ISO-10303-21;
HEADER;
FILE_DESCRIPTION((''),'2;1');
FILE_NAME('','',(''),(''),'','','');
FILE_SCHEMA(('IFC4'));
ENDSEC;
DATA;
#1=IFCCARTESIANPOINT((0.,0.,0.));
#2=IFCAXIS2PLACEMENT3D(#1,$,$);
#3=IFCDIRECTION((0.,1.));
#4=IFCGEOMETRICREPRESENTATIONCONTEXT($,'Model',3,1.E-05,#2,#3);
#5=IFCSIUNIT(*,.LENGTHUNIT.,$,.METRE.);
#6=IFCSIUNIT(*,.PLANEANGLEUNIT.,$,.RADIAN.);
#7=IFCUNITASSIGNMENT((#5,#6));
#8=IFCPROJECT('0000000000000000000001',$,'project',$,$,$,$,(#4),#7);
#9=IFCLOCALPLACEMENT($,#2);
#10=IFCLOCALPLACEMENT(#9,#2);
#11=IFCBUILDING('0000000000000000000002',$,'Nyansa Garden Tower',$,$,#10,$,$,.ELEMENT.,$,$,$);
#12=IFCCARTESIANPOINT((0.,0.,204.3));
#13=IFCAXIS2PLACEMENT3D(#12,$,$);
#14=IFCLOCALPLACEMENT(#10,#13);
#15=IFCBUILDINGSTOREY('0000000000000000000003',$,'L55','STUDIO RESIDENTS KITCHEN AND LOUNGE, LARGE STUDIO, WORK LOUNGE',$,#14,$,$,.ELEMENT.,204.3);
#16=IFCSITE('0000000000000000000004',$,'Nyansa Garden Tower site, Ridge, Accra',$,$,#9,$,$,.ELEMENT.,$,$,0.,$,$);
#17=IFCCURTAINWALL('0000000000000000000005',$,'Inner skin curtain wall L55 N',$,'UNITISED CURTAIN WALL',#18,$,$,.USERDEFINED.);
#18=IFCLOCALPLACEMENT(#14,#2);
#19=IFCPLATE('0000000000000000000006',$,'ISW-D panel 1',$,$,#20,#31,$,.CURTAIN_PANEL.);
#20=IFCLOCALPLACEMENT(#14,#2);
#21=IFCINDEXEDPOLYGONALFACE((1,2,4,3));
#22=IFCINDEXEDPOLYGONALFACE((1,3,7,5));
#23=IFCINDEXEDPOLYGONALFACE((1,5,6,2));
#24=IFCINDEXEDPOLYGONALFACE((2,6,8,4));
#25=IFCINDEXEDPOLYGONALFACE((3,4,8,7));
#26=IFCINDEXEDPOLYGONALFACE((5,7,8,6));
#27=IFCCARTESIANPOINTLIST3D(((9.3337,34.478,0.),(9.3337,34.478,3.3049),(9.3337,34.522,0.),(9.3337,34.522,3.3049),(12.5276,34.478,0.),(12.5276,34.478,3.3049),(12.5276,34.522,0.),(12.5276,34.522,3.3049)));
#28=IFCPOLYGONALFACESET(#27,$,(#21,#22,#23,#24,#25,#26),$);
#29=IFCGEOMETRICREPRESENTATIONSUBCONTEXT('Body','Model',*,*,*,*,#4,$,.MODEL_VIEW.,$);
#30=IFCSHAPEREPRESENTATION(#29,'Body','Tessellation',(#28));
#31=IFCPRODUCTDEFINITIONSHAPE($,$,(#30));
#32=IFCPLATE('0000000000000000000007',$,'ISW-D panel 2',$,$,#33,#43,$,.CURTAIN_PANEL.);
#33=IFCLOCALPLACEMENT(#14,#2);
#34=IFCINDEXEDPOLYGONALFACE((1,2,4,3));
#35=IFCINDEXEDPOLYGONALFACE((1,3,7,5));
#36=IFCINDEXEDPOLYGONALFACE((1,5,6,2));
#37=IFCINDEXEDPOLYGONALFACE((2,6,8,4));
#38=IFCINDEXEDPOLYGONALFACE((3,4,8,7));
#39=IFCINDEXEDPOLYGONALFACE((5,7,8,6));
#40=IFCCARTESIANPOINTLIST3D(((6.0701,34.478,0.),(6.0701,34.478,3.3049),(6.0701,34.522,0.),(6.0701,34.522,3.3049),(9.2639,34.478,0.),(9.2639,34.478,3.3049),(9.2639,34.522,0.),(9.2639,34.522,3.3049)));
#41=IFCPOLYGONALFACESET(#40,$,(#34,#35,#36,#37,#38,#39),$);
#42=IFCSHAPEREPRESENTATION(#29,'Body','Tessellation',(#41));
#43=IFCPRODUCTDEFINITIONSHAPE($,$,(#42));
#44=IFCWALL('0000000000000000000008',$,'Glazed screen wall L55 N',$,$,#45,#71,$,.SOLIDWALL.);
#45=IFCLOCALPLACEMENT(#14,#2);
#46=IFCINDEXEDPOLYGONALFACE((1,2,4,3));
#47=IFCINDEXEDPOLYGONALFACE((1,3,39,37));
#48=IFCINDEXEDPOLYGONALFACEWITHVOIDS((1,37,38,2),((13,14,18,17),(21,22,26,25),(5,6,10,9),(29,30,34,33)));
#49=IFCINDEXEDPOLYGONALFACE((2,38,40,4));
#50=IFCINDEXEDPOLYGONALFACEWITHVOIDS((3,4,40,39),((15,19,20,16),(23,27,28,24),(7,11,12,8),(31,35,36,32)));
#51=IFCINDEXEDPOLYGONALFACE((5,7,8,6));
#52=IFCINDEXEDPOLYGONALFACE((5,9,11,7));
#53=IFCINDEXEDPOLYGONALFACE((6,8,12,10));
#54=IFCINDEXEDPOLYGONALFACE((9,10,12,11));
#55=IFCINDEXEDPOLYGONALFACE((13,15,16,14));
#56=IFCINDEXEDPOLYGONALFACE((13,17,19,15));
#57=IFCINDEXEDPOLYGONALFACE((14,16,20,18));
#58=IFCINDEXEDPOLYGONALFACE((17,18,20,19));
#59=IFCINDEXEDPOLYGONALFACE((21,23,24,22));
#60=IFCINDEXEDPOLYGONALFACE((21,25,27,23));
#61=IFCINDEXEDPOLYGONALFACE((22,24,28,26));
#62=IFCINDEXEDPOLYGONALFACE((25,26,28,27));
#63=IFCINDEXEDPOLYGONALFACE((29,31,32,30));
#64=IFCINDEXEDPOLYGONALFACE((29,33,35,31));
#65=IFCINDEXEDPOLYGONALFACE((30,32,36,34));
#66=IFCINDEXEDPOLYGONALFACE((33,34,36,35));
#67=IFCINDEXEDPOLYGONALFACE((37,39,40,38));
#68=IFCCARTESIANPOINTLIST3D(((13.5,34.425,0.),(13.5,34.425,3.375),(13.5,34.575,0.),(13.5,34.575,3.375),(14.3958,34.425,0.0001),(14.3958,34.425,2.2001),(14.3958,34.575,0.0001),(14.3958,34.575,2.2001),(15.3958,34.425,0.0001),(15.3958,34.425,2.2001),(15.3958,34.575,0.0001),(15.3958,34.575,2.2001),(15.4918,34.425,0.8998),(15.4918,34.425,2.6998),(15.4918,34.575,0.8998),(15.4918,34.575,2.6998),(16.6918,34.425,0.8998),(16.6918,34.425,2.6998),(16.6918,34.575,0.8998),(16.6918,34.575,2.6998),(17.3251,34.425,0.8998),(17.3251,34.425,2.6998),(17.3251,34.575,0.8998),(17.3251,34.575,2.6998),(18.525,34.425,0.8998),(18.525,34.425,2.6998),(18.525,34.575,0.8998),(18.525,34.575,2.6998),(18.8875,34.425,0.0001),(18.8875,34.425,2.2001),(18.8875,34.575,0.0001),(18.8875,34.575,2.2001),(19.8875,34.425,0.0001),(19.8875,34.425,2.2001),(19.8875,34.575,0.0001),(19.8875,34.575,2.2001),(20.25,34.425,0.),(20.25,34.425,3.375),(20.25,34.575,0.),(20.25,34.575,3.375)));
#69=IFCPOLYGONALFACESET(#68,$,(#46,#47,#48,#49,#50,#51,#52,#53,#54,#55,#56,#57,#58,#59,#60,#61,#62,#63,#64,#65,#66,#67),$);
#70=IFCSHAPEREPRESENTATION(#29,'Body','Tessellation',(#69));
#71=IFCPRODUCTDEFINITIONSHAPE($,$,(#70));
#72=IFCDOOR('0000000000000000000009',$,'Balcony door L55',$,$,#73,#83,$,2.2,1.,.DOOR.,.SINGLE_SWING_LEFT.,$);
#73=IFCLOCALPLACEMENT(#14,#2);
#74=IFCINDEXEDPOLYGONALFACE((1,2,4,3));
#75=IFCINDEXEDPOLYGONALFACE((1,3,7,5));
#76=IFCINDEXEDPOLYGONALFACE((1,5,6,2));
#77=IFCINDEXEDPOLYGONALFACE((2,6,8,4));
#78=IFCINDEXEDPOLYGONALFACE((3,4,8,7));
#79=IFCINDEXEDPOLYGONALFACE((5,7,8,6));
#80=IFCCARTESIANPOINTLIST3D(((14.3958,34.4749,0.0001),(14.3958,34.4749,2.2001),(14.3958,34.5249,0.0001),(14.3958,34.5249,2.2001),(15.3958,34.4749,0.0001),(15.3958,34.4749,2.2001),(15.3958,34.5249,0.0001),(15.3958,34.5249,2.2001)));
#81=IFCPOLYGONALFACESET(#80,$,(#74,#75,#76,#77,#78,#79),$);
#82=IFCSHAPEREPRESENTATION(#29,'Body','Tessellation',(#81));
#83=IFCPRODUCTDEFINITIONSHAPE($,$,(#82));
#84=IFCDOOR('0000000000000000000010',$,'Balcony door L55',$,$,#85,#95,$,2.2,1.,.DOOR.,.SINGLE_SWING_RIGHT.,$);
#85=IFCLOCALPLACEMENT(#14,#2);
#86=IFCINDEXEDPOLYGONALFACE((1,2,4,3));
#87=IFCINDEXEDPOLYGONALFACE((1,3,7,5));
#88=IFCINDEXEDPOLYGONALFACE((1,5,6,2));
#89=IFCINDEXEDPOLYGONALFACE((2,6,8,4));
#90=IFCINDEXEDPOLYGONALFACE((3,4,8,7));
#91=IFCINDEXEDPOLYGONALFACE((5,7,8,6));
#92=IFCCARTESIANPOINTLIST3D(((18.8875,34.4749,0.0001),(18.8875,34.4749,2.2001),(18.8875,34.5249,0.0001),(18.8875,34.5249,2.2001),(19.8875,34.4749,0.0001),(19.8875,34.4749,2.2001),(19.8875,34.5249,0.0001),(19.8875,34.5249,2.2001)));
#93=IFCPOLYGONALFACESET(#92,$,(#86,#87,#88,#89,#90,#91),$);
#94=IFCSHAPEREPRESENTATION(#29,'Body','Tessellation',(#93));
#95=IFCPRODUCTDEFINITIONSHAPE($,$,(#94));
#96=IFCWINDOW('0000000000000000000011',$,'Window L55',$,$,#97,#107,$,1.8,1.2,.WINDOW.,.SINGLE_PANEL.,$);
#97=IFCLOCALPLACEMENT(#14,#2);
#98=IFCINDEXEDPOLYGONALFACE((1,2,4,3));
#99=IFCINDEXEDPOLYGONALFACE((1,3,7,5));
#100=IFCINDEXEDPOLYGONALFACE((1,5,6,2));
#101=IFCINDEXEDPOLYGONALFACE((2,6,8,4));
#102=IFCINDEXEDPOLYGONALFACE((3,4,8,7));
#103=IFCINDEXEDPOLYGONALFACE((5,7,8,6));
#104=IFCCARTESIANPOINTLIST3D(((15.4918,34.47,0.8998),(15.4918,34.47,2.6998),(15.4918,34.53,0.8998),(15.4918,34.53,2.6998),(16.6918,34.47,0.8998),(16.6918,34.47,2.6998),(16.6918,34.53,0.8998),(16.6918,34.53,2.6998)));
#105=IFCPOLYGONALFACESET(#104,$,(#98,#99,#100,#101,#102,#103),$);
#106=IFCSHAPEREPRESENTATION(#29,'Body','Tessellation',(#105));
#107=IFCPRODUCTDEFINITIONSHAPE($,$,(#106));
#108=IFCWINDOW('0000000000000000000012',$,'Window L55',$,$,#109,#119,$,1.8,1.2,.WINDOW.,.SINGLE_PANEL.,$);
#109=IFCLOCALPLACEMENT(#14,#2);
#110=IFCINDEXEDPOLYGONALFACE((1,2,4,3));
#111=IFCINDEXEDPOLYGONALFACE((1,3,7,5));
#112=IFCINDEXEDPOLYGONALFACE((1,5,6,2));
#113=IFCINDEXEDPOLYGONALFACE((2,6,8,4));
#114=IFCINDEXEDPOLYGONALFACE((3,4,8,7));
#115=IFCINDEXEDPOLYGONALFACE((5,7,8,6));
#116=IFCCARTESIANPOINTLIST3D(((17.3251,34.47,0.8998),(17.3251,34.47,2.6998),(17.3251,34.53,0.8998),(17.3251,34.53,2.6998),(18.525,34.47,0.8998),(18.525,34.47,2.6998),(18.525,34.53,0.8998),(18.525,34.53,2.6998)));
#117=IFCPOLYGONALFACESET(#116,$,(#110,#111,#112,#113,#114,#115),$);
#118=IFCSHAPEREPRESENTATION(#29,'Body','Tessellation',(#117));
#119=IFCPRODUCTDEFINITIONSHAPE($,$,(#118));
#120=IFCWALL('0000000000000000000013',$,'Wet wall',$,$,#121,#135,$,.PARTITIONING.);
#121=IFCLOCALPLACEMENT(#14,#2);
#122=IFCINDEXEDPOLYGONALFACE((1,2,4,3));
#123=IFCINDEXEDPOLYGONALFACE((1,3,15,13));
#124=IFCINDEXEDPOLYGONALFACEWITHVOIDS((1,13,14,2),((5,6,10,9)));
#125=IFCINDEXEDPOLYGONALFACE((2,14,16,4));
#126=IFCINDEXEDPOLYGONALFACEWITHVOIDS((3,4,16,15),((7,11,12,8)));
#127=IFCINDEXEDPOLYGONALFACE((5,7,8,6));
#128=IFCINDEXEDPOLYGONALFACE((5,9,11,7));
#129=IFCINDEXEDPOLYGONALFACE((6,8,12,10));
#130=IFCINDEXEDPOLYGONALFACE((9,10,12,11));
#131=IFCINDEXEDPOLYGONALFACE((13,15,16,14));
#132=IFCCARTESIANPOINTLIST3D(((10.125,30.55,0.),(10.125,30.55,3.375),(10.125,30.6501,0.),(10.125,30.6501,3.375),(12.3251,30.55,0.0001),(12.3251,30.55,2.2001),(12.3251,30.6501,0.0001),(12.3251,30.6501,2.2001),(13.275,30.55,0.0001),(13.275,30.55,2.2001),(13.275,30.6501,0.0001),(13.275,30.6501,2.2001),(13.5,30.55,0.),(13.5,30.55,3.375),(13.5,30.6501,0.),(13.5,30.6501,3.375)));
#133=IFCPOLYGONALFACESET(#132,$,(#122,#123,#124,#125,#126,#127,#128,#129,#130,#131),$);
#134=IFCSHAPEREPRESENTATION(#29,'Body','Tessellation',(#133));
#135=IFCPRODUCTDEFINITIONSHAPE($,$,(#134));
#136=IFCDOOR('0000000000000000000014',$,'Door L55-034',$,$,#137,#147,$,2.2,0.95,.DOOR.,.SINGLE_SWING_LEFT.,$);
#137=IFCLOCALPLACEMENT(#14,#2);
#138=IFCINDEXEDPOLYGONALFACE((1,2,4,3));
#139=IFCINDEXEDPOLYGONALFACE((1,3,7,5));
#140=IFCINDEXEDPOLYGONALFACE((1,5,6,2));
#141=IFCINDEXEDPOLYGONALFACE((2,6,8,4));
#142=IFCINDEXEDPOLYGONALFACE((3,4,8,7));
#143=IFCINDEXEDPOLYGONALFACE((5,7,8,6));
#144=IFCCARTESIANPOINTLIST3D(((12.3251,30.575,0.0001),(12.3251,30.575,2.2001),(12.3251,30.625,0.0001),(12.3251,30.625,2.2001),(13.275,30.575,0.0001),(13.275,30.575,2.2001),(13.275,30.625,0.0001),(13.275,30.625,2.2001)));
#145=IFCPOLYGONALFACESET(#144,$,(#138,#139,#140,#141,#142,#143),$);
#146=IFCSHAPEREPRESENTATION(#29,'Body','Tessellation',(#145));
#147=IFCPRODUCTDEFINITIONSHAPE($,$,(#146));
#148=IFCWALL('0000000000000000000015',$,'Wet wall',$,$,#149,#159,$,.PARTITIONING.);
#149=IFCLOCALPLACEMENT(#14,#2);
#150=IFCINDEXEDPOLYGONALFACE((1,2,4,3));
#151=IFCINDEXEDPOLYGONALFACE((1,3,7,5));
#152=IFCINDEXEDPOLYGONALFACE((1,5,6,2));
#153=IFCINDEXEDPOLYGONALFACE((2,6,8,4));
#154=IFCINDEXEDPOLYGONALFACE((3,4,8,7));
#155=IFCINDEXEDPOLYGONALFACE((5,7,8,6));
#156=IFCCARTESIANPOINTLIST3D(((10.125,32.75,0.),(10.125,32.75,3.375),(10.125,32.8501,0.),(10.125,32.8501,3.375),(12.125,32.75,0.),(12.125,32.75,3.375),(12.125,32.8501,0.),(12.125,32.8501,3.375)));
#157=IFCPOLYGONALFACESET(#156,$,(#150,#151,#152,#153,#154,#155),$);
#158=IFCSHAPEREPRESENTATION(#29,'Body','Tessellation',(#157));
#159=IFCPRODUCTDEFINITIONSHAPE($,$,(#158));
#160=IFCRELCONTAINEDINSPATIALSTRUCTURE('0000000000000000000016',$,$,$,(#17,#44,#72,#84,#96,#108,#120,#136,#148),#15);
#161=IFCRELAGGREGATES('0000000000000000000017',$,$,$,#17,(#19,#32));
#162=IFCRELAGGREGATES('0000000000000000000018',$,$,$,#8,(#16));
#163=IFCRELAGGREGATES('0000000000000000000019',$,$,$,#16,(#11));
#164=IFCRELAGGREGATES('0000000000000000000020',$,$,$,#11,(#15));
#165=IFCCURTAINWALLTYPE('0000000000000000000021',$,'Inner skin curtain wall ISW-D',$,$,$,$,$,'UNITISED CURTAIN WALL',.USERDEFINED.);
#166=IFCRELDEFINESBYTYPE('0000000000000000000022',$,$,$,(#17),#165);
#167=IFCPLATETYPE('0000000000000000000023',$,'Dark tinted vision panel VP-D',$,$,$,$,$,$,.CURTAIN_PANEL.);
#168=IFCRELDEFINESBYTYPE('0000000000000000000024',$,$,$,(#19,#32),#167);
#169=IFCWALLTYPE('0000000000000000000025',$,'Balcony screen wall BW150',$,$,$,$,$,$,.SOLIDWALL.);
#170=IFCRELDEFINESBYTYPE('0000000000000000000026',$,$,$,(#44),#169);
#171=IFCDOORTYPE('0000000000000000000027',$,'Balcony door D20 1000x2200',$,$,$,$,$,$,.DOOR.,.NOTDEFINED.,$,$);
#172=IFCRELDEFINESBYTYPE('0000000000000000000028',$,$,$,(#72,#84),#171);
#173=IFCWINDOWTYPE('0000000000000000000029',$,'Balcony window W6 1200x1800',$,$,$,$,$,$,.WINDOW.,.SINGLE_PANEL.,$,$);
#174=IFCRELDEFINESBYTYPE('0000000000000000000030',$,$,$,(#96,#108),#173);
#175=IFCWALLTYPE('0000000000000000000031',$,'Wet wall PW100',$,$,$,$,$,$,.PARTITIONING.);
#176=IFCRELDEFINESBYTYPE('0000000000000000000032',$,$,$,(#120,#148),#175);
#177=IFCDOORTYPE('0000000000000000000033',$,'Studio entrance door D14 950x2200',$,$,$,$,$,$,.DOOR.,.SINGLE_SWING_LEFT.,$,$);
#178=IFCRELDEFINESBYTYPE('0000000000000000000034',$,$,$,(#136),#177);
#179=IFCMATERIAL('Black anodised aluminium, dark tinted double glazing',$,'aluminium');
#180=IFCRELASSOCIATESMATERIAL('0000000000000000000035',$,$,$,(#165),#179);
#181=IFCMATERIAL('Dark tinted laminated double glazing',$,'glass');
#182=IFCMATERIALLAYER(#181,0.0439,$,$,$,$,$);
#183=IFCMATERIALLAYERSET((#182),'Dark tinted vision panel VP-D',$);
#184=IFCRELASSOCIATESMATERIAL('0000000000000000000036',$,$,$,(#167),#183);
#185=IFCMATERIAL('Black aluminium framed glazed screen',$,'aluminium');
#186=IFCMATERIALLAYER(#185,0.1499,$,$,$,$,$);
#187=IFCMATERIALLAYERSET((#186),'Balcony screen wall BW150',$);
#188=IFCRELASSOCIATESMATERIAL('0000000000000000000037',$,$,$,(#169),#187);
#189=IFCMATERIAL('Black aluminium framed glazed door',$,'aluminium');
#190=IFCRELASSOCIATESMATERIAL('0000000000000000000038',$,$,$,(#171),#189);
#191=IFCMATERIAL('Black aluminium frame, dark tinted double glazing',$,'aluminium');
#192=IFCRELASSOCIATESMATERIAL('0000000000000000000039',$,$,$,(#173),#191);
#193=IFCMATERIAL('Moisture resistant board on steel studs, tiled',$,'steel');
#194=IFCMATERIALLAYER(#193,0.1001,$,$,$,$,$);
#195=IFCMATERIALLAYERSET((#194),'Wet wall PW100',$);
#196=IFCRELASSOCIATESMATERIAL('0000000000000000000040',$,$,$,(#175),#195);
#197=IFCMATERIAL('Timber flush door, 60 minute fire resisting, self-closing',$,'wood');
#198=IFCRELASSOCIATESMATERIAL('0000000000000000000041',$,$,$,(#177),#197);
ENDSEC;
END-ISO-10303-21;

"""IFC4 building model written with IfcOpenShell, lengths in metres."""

from ifc_helpers import new_model, si_unit, direction, frame, frame_2d, origin, origin_2d, place, context, subcontext, project, spatial, rectangle, extrude, material, layer, layer_set, type_object, element, fill, aggregate, save


model = new_model("IFC4")

# Units and contexts
model_context = context("Model", 3, precision=1e-05, world=origin(), true_north=direction((0.0, 1.0)))
body_context = subcontext(model_context, "Body", "Model", "MODEL_VIEW")
ifc_project = project(units=[si_unit("LENGTHUNIT", "METRE"), si_unit("PLANEANGLEUNIT", "RADIAN")], contexts=[model_context])

# Site, building, storey
site_placement = place(None, origin())
site = spatial("IfcSite", under=ifc_project, at=site_placement, Name="Nyansa Garden Tower site, Ridge, Accra", CompositionType="ELEMENT", RefElevation=0.0)
building_placement = place(site_placement, origin())
building = spatial("IfcBuilding", under=site, at=building_placement, Name="Nyansa Garden Tower", CompositionType="ELEMENT")
storey_placement = place(building_placement, frame((0.0, 0.0, 204.3)))
storey = spatial("IfcBuildingStorey", under=building, at=storey_placement, Name="L55", Description="STUDIO RESIDENTS KITCHEN AND LOUNGE, LARGE STUDIO, WORK LOUNGE", CompositionType="ELEMENT", Elevation=204.3)

# Curtain wall
ifc_material_1 = material(Name="Black anodised aluminium, dark tinted double glazing", Category="aluminium")
curtain_wall_type = type_object("IfcCurtainWallType", Name="Inner skin curtain wall ISW-D", ElementType="UNITISED CURTAIN WALL", PredefinedType="USERDEFINED", material=ifc_material_1)
curtain_wall_placement = place(storey_placement, origin())
curtain_wall = element("IfcCurtainWall", 1, at=curtain_wall_placement, inside=storey, type_object=curtain_wall_type, Name="Inner skin curtain wall L55 N", ObjectType="UNITISED CURTAIN WALL", PredefinedType="USERDEFINED")

# Plates
ifc_material_2 = material(Name="Dark tinted laminated double glazing", Category="glass")
ifc_layer_1 = layer(ifc_material_2, 0.0439)
ifc_layer_set_1 = layer_set([ifc_layer_1], Name="Dark tinted vision panel VP-D")
plate_type = type_object("IfcPlateType", Name="Dark tinted vision panel VP-D", PredefinedType="CURTAIN_PANEL", material=ifc_layer_set_1)
plate_1_placement = place(storey_placement, frame((10.9307, 34.5, 0.0), z_axis=(0.0, 0.0, 1.0), x_axis=(-1.0, 0.0, 0.0)))
plate_1 = element("IfcPlate", 2, at=plate_1_placement, type_object=plate_type, Name="ISW-D panel 1", PredefinedType="CURTAIN_PANEL", context=body_context, shape_type="SweptSolid", body=[
    extrude(rectangle(XDim=3.1938, YDim=0.0439, at=origin_2d()), origin(), (0.0, 0.0, 1.0), 3.3049),
])
plate_2_placement = place(storey_placement, frame((7.667, 34.5, 0.0), z_axis=(0.0, 0.0, 1.0), x_axis=(-1.0, 0.0, 0.0)))
plate_2 = element("IfcPlate", 3, at=plate_2_placement, type_object=plate_type, Name="ISW-D panel 2", PredefinedType="CURTAIN_PANEL", context=body_context, shape_type="SweptSolid", body=[
    extrude(rectangle(XDim=3.1938, YDim=0.0439, at=origin_2d()), origin(), (0.0, 0.0, 1.0), 3.3049),
])
aggregate(curtain_wall, [plate_1, plate_2])

# Wall, openings, doors, windows
ifc_material_3 = material(Name="Black aluminium framed glazed screen", Category="aluminium")
ifc_layer_2 = layer(ifc_material_3, 0.1499)
ifc_layer_set_2 = layer_set([ifc_layer_2], Name="Balcony screen wall BW150")
wall_type_1 = type_object("IfcWallType", Name="Balcony screen wall BW150", PredefinedType="SOLIDWALL", material=ifc_layer_set_2)
wall_1_placement = place(storey_placement, frame((13.5, 34.5, 0.0), z_axis=(0.0, 0.0, 1.0), x_axis=(1.0, 0.0, 0.0)))
wall_1 = element("IfcWall", 4, at=wall_1_placement, inside=storey, type_object=wall_type_1, Name="Glazed screen wall L55 N", PredefinedType="SOLIDWALL", context=body_context, shape_type="SweptSolid", body=[
    extrude(rectangle(XDim=6.75, YDim=0.1499, at=frame_2d((3.375, 0.0))), origin(), (0.0, 0.0, 1.0), 3.375),
])
opening_1_placement = place(wall_1_placement, frame((0.8958, 0.0, 0.0)))
opening_1 = element("IfcOpeningElement", 5, at=opening_1_placement, cuts=wall_1, PredefinedType="OPENING", context=body_context, shape_type="SweptSolid", body=[
    extrude(rectangle(XDim=1.0, YDim=2.2, at=frame_2d((0.5, 1.1001))), frame((0.0, 0.085, 0.0), z_axis=(0.0, -1.0, 0.0), x_axis=(1.0, 0.0, 0.0)), (0.0, 0.0, 1.0), 0.1699),
])
opening_2_placement = place(wall_1_placement, frame((1.9917, 0.0, 0.8999)))
opening_2 = element("IfcOpeningElement", 6, at=opening_2_placement, cuts=wall_1, PredefinedType="OPENING", context=body_context, shape_type="SweptSolid", body=[
    extrude(rectangle(XDim=1.2, YDim=1.8, at=frame_2d((0.6001, 0.8999))), frame((0.0, 0.085, 0.0), z_axis=(0.0, -1.0, 0.0), x_axis=(1.0, 0.0, 0.0)), (0.0, 0.0, 1.0), 0.1699),
])
opening_3_placement = place(wall_1_placement, frame((5.3875, 0.0, 0.0)))
opening_3 = element("IfcOpeningElement", 7, at=opening_3_placement, cuts=wall_1, PredefinedType="OPENING", context=body_context, shape_type="SweptSolid", body=[
    extrude(rectangle(XDim=1.0, YDim=2.2, at=frame_2d((0.5, 1.1001))), frame((0.0, 0.085, 0.0), z_axis=(0.0, -1.0, 0.0), x_axis=(1.0, 0.0, 0.0)), (0.0, 0.0, 1.0), 0.1699),
])
opening_4_placement = place(wall_1_placement, frame((3.825, 0.0, 0.8999)))
opening_4 = element("IfcOpeningElement", 8, at=opening_4_placement, cuts=wall_1, PredefinedType="OPENING", context=body_context, shape_type="SweptSolid", body=[
    extrude(rectangle(XDim=1.2, YDim=1.8, at=frame_2d((0.6001, 0.8999))), frame((0.0, 0.085, 0.0), z_axis=(0.0, -1.0, 0.0), x_axis=(1.0, 0.0, 0.0)), (0.0, 0.0, 1.0), 0.1699),
])
ifc_material_4 = material(Name="Black aluminium framed glazed door", Category="aluminium")
door_type_1 = type_object("IfcDoorType", Name="Balcony door D20 1000x2200", OperationType="NOTDEFINED", PredefinedType="DOOR", material=ifc_material_4)
door_1_placement = place(opening_1_placement, origin())
door_1 = element("IfcDoor", 9, at=door_1_placement, inside=storey, type_object=door_type_1, Name="Balcony door L55", OperationType="SINGLE_SWING_LEFT", OverallHeight=2.2, OverallWidth=1.0, PredefinedType="DOOR", context=body_context, shape_type="SweptSolid", body=[
    extrude(rectangle(XDim=1.0, YDim=2.2, at=frame_2d((0.5, 1.1001))), frame((0.0, 0.0249, 0.0), z_axis=(0.0, -1.0, 0.0), x_axis=(1.0, 0.0, 0.0)), (0.0, 0.0, 1.0), 0.05),
])
fill(opening_1, door_1)
door_2_placement = place(opening_3_placement, origin())
door_2 = element("IfcDoor", 10, at=door_2_placement, inside=storey, type_object=door_type_1, Name="Balcony door L55", OperationType="SINGLE_SWING_RIGHT", OverallHeight=2.2, OverallWidth=1.0, PredefinedType="DOOR", context=body_context, shape_type="SweptSolid", body=[
    extrude(rectangle(XDim=1.0, YDim=2.2, at=frame_2d((0.5, 1.1001))), frame((0.0, 0.0249, 0.0), z_axis=(0.0, -1.0, 0.0), x_axis=(1.0, 0.0, 0.0)), (0.0, 0.0, 1.0), 0.05),
])
fill(opening_3, door_2)
ifc_material_5 = material(Name="Black aluminium frame, dark tinted double glazing", Category="aluminium")
window_type = type_object("IfcWindowType", Name="Balcony window W6 1200x1800", PartitioningType="SINGLE_PANEL", PredefinedType="WINDOW", material=ifc_material_5)
window_1_placement = place(opening_2_placement, origin())
window_1 = element("IfcWindow", 11, at=window_1_placement, inside=storey, type_object=window_type, Name="Window L55", OverallHeight=1.8, OverallWidth=1.2, PartitioningType="SINGLE_PANEL", PredefinedType="WINDOW", context=body_context, shape_type="SweptSolid", body=[
    extrude(rectangle(XDim=1.2, YDim=1.8, at=frame_2d((0.6001, 0.8999))), frame((0.0, 0.03, 0.0), z_axis=(0.0, -1.0, 0.0), x_axis=(1.0, 0.0, 0.0)), (0.0, 0.0, 1.0), 0.0601),
])
fill(opening_2, window_1)
window_2_placement = place(opening_4_placement, origin())
window_2 = element("IfcWindow", 12, at=window_2_placement, inside=storey, type_object=window_type, Name="Window L55", OverallHeight=1.8, OverallWidth=1.2, PartitioningType="SINGLE_PANEL", PredefinedType="WINDOW", context=body_context, shape_type="SweptSolid", body=[
    extrude(rectangle(XDim=1.2, YDim=1.8, at=frame_2d((0.6001, 0.8999))), frame((0.0, 0.03, 0.0), z_axis=(0.0, -1.0, 0.0), x_axis=(1.0, 0.0, 0.0)), (0.0, 0.0, 1.0), 0.0601),
])
fill(opening_4, window_2)

# Wall, opening, door
ifc_material_6 = material(Name="Moisture resistant board on steel studs, tiled", Category="steel")
ifc_layer_3 = layer(ifc_material_6, 0.1001)
ifc_layer_set_3 = layer_set([ifc_layer_3], Name="Wet wall PW100")
wall_type_2 = type_object("IfcWallType", Name="Wet wall PW100", PredefinedType="PARTITIONING", material=ifc_layer_set_3)
wall_2_placement = place(storey_placement, frame((10.125, 30.6001, 0.0), z_axis=(0.0, 0.0, 1.0), x_axis=(1.0, 0.0, 0.0)))
wall_2 = element("IfcWall", 13, at=wall_2_placement, inside=storey, type_object=wall_type_2, Name="Wet wall", PredefinedType="PARTITIONING", context=body_context, shape_type="SweptSolid", body=[
    extrude(rectangle(XDim=3.375, YDim=0.1001, at=frame_2d((1.6875, 0.0))), origin(), (0.0, 0.0, 1.0), 3.375),
])
opening_5_placement = place(wall_2_placement, frame((2.2, 0.0, 0.0)))
opening_5 = element("IfcOpeningElement", 14, at=opening_5_placement, cuts=wall_2, PredefinedType="OPENING", context=body_context, shape_type="SweptSolid", body=[
    extrude(rectangle(XDim=0.95, YDim=2.2, at=frame_2d((0.4751, 1.1001))), frame((0.0, 0.0601, 0.0), z_axis=(0.0, -1.0, 0.0), x_axis=(1.0, 0.0, 0.0)), (0.0, 0.0, 1.0), 0.1201),
])
ifc_material_7 = material(Name="Timber flush door, 60 minute fire resisting, self-closing", Category="wood")
door_type_2 = type_object("IfcDoorType", Name="Studio entrance door D14 950x2200", OperationType="SINGLE_SWING_LEFT", PredefinedType="DOOR", material=ifc_material_7)
door_3_placement = place(opening_5_placement, origin())
door_3 = element("IfcDoor", 15, at=door_3_placement, inside=storey, type_object=door_type_2, Name="Door L55-034", OperationType="SINGLE_SWING_LEFT", OverallHeight=2.2, OverallWidth=0.95, PredefinedType="DOOR", context=body_context, shape_type="SweptSolid", body=[
    extrude(rectangle(XDim=0.95, YDim=2.2, at=frame_2d((0.4751, 1.1001))), frame((0.0, 0.0249, 0.0), z_axis=(0.0, -1.0, 0.0), x_axis=(1.0, 0.0, 0.0)), (0.0, 0.0, 1.0), 0.05),
])
fill(opening_5, door_3)

# Wall
wall_3_placement = place(storey_placement, frame((10.125, 32.8, 0.0), z_axis=(0.0, 0.0, 1.0), x_axis=(1.0, 0.0, 0.0)))
element("IfcWall", 16, at=wall_3_placement, inside=storey, type_object=wall_type_2, Name="Wet wall", PredefinedType="PARTITIONING", context=body_context, shape_type="SweptSolid", body=[
    extrude(rectangle(XDim=2.0, YDim=0.1001, at=frame_2d((1.0, 0.0))), origin(), (0.0, 0.0, 1.0), 3.375),
])

save(model, "model.ifc")
